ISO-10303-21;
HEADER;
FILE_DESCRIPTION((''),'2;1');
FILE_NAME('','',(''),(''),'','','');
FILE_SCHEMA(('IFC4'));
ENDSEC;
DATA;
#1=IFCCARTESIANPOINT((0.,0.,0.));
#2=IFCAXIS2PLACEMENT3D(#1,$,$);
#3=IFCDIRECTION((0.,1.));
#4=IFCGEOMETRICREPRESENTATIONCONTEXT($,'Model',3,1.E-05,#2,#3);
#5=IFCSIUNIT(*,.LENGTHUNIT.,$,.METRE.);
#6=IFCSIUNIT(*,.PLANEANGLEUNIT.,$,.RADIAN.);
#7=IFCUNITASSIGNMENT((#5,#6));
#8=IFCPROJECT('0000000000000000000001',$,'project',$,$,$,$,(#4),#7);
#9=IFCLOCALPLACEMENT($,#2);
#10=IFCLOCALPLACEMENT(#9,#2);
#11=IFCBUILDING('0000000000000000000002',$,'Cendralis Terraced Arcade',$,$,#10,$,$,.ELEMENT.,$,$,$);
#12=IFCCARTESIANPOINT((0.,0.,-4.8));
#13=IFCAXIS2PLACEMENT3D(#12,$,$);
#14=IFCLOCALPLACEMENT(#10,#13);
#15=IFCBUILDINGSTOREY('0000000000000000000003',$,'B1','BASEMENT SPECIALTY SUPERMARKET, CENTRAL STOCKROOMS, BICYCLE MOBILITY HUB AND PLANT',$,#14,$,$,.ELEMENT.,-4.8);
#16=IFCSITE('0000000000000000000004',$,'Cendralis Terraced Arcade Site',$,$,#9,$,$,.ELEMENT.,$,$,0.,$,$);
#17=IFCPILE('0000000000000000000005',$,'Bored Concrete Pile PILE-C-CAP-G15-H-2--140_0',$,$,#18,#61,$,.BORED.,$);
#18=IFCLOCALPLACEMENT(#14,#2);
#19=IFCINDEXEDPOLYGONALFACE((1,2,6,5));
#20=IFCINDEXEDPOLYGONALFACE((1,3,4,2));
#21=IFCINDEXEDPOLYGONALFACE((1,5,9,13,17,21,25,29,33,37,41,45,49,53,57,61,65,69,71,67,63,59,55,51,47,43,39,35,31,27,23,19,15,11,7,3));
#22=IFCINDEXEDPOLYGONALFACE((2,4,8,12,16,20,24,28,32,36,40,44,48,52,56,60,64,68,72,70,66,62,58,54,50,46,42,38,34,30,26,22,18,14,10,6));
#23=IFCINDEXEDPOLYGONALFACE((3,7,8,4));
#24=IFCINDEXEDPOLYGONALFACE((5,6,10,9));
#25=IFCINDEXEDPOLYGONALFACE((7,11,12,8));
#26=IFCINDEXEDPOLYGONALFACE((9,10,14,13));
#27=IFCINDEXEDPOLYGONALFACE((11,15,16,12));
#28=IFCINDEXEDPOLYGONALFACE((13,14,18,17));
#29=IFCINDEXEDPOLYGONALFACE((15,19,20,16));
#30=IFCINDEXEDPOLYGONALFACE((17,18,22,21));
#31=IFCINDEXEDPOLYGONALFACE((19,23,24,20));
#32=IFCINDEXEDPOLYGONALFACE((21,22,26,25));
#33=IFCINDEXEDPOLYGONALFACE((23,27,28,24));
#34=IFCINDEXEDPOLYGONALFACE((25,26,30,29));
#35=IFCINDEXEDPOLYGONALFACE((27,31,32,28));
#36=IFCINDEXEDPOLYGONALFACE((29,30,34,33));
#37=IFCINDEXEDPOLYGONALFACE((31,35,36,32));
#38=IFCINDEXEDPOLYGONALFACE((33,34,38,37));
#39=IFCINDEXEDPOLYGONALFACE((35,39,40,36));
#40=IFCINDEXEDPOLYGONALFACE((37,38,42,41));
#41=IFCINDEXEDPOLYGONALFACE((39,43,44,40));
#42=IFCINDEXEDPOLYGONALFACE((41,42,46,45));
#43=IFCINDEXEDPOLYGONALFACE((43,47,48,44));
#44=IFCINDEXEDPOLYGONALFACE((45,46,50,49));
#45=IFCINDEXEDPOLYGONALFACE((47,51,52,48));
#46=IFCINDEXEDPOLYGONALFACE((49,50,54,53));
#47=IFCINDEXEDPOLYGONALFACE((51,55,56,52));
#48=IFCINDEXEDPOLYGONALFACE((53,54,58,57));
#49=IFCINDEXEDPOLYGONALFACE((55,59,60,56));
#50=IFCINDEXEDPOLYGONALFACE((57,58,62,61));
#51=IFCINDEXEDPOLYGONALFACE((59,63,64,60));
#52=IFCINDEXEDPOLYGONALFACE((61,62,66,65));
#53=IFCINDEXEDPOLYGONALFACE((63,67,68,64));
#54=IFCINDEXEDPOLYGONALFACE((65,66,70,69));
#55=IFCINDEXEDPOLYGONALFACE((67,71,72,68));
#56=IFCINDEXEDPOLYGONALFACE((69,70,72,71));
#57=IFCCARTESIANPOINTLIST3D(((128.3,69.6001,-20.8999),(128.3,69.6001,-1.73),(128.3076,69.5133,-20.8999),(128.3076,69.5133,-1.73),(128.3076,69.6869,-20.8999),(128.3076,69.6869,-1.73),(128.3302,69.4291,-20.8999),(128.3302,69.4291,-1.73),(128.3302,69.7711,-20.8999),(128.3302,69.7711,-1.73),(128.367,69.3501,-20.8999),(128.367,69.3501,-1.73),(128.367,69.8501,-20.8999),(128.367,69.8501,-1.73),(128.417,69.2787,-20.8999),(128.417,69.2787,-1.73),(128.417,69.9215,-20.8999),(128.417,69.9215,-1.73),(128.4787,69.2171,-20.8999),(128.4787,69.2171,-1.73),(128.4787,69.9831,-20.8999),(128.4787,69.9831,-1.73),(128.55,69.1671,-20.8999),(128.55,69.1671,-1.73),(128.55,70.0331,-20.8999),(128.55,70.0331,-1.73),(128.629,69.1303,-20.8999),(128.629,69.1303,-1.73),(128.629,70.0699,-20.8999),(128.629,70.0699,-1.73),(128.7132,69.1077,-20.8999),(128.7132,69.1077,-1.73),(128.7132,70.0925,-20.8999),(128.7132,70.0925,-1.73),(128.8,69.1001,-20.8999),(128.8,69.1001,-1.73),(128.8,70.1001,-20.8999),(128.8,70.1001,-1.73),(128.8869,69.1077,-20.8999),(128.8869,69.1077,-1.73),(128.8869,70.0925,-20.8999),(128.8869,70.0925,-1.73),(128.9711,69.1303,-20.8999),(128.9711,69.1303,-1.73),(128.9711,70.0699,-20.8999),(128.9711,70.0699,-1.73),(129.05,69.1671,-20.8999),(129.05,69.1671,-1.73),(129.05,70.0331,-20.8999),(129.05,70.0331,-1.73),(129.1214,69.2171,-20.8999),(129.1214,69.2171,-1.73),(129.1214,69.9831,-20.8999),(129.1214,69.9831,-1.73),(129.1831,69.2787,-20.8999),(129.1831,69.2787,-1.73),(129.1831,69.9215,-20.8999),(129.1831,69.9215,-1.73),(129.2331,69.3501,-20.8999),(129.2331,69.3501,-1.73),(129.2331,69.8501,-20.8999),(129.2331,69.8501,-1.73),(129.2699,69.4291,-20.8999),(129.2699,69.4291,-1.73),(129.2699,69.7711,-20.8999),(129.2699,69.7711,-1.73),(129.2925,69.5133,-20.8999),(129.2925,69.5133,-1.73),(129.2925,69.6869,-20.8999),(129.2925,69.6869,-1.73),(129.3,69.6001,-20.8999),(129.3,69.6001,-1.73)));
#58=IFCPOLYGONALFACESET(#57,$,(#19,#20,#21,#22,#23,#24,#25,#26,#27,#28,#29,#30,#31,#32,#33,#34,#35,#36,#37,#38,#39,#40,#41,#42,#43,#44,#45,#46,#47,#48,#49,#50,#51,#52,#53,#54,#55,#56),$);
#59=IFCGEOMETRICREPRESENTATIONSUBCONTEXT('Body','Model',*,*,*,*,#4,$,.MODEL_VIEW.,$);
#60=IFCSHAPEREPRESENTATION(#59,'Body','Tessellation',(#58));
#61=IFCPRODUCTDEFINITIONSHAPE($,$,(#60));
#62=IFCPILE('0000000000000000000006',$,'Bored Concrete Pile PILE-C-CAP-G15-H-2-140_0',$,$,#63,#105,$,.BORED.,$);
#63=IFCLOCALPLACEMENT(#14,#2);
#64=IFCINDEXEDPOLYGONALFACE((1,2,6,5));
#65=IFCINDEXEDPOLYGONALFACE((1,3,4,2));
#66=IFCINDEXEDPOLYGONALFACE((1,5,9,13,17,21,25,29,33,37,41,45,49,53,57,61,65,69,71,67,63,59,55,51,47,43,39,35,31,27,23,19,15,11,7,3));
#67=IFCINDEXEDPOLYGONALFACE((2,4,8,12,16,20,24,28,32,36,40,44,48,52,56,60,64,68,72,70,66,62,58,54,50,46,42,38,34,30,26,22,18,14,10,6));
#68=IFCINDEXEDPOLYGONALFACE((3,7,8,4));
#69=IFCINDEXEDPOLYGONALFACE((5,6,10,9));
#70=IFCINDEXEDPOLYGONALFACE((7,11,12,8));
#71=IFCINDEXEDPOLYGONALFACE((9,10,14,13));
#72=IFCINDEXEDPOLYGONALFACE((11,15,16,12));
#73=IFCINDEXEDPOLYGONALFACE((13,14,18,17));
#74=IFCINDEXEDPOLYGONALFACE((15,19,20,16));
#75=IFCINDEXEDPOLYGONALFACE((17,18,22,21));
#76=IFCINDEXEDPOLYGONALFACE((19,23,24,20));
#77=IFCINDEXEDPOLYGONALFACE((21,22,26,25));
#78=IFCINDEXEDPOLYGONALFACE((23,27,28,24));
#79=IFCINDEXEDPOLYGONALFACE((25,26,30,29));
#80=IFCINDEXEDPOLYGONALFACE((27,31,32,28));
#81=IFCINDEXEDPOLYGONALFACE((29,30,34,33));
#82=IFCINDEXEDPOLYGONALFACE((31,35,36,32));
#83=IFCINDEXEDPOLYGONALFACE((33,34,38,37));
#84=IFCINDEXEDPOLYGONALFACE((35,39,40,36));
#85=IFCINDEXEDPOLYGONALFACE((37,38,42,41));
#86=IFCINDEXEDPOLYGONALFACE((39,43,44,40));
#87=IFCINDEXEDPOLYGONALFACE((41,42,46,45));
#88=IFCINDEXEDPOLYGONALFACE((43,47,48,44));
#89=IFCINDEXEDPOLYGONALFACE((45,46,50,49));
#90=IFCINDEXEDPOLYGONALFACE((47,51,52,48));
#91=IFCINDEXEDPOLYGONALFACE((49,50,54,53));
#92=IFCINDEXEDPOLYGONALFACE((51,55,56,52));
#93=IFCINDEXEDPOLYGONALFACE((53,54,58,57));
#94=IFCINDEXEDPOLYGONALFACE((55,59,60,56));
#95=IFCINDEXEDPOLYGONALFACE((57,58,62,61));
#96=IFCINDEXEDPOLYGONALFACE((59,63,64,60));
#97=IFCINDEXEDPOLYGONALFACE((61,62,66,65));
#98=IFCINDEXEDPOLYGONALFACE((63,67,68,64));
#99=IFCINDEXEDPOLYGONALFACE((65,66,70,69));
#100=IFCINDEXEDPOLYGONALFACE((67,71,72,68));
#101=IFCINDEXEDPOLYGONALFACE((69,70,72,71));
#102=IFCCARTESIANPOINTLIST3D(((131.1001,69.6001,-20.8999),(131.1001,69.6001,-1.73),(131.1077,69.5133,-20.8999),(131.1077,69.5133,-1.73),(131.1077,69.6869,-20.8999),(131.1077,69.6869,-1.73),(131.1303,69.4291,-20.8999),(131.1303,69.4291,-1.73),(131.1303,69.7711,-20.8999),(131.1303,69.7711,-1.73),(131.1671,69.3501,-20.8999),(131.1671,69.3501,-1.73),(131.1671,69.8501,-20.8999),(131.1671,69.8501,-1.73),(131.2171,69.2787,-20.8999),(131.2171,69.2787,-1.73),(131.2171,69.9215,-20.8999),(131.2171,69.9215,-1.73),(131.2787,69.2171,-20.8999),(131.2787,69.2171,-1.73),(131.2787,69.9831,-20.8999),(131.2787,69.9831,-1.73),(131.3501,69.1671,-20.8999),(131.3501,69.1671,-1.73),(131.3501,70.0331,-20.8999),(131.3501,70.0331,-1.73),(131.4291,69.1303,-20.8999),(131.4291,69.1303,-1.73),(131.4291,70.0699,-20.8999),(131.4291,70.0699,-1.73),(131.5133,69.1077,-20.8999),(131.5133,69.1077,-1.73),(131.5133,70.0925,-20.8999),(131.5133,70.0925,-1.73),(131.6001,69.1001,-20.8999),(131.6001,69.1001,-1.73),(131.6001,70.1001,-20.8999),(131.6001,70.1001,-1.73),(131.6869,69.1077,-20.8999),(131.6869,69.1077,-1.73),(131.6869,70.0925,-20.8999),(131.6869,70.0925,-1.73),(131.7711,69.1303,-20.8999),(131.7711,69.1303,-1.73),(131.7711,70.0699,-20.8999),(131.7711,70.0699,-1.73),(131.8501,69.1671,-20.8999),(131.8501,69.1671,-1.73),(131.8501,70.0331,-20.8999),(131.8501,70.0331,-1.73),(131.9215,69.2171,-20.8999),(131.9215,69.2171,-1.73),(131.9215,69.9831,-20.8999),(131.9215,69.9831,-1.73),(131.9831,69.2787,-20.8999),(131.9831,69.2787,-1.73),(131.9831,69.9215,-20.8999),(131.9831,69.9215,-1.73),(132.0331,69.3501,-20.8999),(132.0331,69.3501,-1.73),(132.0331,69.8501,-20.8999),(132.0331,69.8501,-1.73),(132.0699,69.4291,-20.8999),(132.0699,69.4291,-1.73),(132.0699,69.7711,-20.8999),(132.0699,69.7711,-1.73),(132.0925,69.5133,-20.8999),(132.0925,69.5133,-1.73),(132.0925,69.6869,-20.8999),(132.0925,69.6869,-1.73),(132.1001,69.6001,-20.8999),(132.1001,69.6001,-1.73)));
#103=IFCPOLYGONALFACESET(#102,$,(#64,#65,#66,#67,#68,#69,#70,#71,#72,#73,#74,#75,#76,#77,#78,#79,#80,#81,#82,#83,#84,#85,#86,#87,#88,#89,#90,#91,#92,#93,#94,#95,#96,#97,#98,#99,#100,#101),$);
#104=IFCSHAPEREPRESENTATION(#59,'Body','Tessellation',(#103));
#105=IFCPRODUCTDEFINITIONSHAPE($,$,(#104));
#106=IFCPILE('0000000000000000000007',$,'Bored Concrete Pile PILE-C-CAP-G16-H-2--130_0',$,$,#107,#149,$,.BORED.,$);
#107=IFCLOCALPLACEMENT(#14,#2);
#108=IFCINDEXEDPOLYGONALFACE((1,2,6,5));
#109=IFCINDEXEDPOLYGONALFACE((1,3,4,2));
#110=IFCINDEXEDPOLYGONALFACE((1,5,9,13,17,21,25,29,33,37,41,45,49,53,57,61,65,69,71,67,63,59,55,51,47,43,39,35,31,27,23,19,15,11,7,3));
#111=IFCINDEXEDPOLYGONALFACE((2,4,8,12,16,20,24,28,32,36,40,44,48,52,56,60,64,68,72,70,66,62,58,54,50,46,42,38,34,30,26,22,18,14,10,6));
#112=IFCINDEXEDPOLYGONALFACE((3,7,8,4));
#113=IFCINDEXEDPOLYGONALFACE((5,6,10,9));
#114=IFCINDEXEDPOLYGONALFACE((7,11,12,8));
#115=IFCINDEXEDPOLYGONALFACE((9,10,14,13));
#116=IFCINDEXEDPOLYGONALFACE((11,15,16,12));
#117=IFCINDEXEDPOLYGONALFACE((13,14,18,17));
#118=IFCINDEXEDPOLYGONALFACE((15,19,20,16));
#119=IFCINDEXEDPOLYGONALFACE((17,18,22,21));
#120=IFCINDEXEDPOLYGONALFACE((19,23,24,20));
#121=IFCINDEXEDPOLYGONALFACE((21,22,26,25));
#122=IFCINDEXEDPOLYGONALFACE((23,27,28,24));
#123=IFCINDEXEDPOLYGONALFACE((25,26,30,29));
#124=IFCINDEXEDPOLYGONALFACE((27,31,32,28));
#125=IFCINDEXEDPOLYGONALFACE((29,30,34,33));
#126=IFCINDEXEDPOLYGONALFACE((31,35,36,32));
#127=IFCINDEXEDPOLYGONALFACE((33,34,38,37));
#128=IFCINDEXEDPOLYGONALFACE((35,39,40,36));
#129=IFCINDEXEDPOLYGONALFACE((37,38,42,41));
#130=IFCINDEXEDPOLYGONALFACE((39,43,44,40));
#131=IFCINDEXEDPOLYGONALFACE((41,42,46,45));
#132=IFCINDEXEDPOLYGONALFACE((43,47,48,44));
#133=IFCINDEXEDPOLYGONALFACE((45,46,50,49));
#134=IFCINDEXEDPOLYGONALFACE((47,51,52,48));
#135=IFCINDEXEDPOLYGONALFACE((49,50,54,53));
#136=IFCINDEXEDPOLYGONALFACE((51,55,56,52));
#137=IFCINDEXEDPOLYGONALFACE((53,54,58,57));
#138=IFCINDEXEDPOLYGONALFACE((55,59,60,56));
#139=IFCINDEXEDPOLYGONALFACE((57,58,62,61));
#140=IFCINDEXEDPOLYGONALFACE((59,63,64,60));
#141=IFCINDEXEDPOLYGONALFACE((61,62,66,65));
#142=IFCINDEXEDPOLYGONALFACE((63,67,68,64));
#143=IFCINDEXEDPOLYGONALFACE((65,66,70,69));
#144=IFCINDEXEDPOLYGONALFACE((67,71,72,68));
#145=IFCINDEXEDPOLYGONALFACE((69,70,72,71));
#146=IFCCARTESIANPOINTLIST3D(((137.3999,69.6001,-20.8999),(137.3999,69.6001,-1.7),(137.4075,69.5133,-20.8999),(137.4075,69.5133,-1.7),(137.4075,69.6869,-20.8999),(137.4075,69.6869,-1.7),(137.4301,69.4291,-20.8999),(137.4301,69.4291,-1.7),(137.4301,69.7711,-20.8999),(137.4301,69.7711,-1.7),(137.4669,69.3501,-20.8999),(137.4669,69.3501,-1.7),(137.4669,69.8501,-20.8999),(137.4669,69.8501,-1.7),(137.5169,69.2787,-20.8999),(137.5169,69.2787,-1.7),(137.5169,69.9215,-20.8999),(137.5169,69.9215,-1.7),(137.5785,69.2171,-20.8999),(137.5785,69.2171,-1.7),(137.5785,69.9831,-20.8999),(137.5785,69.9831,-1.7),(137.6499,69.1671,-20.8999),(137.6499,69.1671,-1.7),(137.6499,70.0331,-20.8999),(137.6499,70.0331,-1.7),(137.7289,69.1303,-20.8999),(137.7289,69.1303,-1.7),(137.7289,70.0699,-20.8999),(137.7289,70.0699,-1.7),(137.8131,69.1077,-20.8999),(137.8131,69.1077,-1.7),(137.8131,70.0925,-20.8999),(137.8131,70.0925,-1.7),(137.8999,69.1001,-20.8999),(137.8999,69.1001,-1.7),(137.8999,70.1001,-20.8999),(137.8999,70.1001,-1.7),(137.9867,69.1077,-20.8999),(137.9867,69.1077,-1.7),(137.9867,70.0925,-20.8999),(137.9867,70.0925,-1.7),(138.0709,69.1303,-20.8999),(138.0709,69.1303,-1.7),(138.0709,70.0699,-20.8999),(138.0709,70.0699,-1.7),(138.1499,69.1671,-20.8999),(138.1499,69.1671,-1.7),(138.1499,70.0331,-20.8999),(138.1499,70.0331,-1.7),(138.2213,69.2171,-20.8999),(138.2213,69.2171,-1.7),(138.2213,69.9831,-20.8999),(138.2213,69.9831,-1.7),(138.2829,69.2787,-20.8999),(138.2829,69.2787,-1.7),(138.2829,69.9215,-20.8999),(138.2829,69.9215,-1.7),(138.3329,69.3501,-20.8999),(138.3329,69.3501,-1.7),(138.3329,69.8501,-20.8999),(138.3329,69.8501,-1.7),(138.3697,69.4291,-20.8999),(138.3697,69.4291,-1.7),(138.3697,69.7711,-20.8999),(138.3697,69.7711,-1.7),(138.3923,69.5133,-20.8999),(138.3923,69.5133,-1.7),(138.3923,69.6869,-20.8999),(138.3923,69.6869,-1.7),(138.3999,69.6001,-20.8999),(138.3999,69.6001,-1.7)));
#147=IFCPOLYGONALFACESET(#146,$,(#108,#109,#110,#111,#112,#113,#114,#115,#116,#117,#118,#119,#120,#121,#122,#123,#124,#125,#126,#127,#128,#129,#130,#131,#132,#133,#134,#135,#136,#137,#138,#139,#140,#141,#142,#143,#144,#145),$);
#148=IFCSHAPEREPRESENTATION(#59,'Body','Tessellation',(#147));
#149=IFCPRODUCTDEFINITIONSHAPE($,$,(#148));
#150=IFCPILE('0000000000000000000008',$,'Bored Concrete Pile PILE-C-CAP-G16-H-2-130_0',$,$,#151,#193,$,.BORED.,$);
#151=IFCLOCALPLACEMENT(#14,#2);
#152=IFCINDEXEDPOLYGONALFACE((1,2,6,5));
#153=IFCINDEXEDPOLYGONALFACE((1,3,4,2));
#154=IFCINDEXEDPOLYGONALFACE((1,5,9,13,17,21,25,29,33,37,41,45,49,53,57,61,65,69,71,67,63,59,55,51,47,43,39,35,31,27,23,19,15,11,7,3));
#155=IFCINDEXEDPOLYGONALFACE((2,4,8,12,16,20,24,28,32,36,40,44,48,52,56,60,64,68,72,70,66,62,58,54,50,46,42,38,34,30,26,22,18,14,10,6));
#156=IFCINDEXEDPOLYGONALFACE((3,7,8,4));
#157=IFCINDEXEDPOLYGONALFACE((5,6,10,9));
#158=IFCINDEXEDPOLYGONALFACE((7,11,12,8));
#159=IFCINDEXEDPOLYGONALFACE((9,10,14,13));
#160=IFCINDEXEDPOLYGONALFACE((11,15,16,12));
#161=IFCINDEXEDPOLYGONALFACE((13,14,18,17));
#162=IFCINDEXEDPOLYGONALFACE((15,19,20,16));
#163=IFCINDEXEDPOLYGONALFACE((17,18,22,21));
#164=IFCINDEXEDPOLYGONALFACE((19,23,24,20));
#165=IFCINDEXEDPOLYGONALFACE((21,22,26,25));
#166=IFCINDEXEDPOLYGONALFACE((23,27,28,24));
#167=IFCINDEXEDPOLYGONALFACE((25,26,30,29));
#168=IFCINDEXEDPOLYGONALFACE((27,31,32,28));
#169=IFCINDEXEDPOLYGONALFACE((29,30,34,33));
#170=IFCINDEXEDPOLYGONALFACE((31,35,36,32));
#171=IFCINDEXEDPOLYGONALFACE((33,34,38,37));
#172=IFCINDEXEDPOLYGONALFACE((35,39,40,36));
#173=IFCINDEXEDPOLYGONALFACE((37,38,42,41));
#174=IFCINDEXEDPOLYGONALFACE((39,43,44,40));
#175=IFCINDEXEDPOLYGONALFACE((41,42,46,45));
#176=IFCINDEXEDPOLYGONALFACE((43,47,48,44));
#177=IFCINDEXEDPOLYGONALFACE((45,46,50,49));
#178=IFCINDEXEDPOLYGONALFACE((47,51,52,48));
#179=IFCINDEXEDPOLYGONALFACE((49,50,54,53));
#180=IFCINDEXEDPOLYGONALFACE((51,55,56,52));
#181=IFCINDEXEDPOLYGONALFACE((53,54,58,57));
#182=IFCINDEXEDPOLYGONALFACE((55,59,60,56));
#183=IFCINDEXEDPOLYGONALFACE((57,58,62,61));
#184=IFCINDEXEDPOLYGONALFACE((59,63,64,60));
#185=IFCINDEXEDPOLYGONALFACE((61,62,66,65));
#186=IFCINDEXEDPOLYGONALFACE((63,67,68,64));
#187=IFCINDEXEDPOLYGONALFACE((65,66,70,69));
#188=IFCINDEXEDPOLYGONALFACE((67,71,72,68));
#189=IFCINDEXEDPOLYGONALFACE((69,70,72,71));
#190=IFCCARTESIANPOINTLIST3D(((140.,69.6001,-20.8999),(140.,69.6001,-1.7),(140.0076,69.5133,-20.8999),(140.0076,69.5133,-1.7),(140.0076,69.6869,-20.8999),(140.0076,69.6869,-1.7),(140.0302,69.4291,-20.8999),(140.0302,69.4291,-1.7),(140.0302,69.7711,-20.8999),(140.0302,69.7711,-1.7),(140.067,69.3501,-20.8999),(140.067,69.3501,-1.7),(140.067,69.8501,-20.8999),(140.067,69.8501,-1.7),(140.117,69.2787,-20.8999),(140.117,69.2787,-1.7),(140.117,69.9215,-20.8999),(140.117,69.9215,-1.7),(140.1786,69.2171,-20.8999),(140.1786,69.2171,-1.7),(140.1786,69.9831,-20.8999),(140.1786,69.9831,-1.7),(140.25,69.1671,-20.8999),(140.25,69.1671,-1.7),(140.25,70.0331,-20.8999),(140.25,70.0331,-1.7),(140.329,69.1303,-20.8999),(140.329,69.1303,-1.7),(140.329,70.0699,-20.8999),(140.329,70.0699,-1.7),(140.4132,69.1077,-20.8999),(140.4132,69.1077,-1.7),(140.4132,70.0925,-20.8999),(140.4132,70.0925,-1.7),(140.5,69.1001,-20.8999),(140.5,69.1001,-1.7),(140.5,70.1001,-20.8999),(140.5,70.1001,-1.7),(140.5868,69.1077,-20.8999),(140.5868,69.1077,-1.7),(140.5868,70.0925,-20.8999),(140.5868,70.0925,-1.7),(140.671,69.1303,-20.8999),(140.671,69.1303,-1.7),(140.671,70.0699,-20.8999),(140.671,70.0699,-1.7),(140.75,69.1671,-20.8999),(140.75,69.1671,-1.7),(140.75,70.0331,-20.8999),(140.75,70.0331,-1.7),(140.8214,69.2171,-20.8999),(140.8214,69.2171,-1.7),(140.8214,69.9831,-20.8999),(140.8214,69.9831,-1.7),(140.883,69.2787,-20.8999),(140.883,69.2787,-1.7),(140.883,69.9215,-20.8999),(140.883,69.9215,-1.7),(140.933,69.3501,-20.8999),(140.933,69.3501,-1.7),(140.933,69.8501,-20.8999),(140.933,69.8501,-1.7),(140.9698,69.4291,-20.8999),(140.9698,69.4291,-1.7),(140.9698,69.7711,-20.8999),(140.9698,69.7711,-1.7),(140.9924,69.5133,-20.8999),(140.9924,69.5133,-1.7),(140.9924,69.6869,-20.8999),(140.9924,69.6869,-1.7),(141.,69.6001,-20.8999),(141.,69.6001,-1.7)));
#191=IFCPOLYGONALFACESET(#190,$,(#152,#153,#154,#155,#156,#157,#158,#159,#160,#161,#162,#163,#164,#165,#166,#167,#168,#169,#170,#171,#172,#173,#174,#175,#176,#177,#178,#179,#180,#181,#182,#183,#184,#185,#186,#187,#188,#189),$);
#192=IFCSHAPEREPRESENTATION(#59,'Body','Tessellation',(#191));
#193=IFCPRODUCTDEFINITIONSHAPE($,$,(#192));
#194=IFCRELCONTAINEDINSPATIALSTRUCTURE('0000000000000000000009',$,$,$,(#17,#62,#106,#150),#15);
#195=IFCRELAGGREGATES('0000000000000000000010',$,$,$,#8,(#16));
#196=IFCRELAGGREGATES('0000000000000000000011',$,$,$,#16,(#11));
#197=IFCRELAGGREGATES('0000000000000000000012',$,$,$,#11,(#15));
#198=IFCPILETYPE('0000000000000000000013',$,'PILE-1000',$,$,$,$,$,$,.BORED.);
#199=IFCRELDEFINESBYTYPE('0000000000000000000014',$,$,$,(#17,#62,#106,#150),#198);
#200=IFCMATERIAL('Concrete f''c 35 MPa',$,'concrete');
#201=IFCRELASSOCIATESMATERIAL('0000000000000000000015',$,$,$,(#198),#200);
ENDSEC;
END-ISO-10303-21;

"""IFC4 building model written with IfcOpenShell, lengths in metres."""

from ifc_helpers import new_model, si_unit, direction, frame, origin, origin_2d, place, context, subcontext, project, spatial, circle, extrude, material, material_profile, profile_set, type_object, element, save


model = new_model("IFC4")

# Units and contexts
model_context = context("Model", 3, precision=1e-05, world=origin(), true_north=direction((0.0, 1.0)))
body_context = subcontext(model_context, "Body", "Model", "MODEL_VIEW")
ifc_project = project(units=[si_unit("LENGTHUNIT", "METRE"), si_unit("PLANEANGLEUNIT", "RADIAN")], contexts=[model_context])

# Site, building, storey
site_placement = place(None, origin())
site = spatial("IfcSite", under=ifc_project, at=site_placement, Name="Cendralis Terraced Arcade Site", CompositionType="ELEMENT", RefElevation=0.0)
building_placement = place(site_placement, origin())
building = spatial("IfcBuilding", under=site, at=building_placement, Name="Cendralis Terraced Arcade", CompositionType="ELEMENT")
storey_placement = place(building_placement, frame((0.0, 0.0, -4.8)))
storey = spatial("IfcBuildingStorey", under=building, at=storey_placement, Name="B1", Description="BASEMENT SPECIALTY SUPERMARKET, CENTRAL STOCKROOMS, BICYCLE MOBILITY HUB AND PLANT", CompositionType="ELEMENT", Elevation=-4.8)

# Shared definitions
ifc_material_1 = material(Name="Concrete f'c 35 MPa", Category="concrete")

# Piles
ifc_material_profile_1 = material_profile(ifc_material_1, circle(Radius=0.5, at=origin_2d()), Name="PILE-D1000", Category="LoadBearing")
ifc_profile_set_1 = profile_set([ifc_material_profile_1], Name="Concrete f'c 35 MPa")
pile_type_1 = type_object("IfcPileType", Name="PILE-1000", PredefinedType="BORED", material=ifc_profile_set_1)
for number, where, z_axis, x_axis, name in (
    (1, (128.8, 69.6001, -1.73), (0.0, 0.0, -1.0), (1.0, 0.0, 0.0), "Bored Concrete Pile PILE-C-CAP-G15-H-2--140_0"),
    (2, (131.6001, 69.6001, -1.73), (0.0, 0.0, -1.0), (1.0, 0.0, 0.0), "Bored Concrete Pile PILE-C-CAP-G15-H-2-140_0"),
):
    element("IfcPile", number, at=place(storey_placement, frame(where, z_axis=z_axis, x_axis=x_axis)), inside=storey, type_object=pile_type_1, Name=name, PredefinedType="BORED", context=body_context, shape_type="SweptSolid", body=[
        extrude(circle(Radius=0.5, at=origin_2d()), origin(), (0.0, 0.0, 1.0), 19.1699),
    ])
for number, where, z_axis, x_axis, name in (
    (3, (137.8999, 69.6001, -1.7), (0.0, 0.0, -1.0), (1.0, 0.0, 0.0), "Bored Concrete Pile PILE-C-CAP-G16-H-2--130_0"),
    (4, (140.5, 69.6001, -1.7), (0.0, 0.0, -1.0), (1.0, 0.0, 0.0), "Bored Concrete Pile PILE-C-CAP-G16-H-2-130_0"),
):
    element("IfcPile", number, at=place(storey_placement, frame(where, z_axis=z_axis, x_axis=x_axis)), inside=storey, type_object=pile_type_1, Name=name, PredefinedType="BORED", context=body_context, shape_type="SweptSolid", body=[
        extrude(circle(Radius=0.5, at=origin_2d()), origin(), (0.0, 0.0, 1.0), 19.2),
    ])

save(model, "model.ifc")
